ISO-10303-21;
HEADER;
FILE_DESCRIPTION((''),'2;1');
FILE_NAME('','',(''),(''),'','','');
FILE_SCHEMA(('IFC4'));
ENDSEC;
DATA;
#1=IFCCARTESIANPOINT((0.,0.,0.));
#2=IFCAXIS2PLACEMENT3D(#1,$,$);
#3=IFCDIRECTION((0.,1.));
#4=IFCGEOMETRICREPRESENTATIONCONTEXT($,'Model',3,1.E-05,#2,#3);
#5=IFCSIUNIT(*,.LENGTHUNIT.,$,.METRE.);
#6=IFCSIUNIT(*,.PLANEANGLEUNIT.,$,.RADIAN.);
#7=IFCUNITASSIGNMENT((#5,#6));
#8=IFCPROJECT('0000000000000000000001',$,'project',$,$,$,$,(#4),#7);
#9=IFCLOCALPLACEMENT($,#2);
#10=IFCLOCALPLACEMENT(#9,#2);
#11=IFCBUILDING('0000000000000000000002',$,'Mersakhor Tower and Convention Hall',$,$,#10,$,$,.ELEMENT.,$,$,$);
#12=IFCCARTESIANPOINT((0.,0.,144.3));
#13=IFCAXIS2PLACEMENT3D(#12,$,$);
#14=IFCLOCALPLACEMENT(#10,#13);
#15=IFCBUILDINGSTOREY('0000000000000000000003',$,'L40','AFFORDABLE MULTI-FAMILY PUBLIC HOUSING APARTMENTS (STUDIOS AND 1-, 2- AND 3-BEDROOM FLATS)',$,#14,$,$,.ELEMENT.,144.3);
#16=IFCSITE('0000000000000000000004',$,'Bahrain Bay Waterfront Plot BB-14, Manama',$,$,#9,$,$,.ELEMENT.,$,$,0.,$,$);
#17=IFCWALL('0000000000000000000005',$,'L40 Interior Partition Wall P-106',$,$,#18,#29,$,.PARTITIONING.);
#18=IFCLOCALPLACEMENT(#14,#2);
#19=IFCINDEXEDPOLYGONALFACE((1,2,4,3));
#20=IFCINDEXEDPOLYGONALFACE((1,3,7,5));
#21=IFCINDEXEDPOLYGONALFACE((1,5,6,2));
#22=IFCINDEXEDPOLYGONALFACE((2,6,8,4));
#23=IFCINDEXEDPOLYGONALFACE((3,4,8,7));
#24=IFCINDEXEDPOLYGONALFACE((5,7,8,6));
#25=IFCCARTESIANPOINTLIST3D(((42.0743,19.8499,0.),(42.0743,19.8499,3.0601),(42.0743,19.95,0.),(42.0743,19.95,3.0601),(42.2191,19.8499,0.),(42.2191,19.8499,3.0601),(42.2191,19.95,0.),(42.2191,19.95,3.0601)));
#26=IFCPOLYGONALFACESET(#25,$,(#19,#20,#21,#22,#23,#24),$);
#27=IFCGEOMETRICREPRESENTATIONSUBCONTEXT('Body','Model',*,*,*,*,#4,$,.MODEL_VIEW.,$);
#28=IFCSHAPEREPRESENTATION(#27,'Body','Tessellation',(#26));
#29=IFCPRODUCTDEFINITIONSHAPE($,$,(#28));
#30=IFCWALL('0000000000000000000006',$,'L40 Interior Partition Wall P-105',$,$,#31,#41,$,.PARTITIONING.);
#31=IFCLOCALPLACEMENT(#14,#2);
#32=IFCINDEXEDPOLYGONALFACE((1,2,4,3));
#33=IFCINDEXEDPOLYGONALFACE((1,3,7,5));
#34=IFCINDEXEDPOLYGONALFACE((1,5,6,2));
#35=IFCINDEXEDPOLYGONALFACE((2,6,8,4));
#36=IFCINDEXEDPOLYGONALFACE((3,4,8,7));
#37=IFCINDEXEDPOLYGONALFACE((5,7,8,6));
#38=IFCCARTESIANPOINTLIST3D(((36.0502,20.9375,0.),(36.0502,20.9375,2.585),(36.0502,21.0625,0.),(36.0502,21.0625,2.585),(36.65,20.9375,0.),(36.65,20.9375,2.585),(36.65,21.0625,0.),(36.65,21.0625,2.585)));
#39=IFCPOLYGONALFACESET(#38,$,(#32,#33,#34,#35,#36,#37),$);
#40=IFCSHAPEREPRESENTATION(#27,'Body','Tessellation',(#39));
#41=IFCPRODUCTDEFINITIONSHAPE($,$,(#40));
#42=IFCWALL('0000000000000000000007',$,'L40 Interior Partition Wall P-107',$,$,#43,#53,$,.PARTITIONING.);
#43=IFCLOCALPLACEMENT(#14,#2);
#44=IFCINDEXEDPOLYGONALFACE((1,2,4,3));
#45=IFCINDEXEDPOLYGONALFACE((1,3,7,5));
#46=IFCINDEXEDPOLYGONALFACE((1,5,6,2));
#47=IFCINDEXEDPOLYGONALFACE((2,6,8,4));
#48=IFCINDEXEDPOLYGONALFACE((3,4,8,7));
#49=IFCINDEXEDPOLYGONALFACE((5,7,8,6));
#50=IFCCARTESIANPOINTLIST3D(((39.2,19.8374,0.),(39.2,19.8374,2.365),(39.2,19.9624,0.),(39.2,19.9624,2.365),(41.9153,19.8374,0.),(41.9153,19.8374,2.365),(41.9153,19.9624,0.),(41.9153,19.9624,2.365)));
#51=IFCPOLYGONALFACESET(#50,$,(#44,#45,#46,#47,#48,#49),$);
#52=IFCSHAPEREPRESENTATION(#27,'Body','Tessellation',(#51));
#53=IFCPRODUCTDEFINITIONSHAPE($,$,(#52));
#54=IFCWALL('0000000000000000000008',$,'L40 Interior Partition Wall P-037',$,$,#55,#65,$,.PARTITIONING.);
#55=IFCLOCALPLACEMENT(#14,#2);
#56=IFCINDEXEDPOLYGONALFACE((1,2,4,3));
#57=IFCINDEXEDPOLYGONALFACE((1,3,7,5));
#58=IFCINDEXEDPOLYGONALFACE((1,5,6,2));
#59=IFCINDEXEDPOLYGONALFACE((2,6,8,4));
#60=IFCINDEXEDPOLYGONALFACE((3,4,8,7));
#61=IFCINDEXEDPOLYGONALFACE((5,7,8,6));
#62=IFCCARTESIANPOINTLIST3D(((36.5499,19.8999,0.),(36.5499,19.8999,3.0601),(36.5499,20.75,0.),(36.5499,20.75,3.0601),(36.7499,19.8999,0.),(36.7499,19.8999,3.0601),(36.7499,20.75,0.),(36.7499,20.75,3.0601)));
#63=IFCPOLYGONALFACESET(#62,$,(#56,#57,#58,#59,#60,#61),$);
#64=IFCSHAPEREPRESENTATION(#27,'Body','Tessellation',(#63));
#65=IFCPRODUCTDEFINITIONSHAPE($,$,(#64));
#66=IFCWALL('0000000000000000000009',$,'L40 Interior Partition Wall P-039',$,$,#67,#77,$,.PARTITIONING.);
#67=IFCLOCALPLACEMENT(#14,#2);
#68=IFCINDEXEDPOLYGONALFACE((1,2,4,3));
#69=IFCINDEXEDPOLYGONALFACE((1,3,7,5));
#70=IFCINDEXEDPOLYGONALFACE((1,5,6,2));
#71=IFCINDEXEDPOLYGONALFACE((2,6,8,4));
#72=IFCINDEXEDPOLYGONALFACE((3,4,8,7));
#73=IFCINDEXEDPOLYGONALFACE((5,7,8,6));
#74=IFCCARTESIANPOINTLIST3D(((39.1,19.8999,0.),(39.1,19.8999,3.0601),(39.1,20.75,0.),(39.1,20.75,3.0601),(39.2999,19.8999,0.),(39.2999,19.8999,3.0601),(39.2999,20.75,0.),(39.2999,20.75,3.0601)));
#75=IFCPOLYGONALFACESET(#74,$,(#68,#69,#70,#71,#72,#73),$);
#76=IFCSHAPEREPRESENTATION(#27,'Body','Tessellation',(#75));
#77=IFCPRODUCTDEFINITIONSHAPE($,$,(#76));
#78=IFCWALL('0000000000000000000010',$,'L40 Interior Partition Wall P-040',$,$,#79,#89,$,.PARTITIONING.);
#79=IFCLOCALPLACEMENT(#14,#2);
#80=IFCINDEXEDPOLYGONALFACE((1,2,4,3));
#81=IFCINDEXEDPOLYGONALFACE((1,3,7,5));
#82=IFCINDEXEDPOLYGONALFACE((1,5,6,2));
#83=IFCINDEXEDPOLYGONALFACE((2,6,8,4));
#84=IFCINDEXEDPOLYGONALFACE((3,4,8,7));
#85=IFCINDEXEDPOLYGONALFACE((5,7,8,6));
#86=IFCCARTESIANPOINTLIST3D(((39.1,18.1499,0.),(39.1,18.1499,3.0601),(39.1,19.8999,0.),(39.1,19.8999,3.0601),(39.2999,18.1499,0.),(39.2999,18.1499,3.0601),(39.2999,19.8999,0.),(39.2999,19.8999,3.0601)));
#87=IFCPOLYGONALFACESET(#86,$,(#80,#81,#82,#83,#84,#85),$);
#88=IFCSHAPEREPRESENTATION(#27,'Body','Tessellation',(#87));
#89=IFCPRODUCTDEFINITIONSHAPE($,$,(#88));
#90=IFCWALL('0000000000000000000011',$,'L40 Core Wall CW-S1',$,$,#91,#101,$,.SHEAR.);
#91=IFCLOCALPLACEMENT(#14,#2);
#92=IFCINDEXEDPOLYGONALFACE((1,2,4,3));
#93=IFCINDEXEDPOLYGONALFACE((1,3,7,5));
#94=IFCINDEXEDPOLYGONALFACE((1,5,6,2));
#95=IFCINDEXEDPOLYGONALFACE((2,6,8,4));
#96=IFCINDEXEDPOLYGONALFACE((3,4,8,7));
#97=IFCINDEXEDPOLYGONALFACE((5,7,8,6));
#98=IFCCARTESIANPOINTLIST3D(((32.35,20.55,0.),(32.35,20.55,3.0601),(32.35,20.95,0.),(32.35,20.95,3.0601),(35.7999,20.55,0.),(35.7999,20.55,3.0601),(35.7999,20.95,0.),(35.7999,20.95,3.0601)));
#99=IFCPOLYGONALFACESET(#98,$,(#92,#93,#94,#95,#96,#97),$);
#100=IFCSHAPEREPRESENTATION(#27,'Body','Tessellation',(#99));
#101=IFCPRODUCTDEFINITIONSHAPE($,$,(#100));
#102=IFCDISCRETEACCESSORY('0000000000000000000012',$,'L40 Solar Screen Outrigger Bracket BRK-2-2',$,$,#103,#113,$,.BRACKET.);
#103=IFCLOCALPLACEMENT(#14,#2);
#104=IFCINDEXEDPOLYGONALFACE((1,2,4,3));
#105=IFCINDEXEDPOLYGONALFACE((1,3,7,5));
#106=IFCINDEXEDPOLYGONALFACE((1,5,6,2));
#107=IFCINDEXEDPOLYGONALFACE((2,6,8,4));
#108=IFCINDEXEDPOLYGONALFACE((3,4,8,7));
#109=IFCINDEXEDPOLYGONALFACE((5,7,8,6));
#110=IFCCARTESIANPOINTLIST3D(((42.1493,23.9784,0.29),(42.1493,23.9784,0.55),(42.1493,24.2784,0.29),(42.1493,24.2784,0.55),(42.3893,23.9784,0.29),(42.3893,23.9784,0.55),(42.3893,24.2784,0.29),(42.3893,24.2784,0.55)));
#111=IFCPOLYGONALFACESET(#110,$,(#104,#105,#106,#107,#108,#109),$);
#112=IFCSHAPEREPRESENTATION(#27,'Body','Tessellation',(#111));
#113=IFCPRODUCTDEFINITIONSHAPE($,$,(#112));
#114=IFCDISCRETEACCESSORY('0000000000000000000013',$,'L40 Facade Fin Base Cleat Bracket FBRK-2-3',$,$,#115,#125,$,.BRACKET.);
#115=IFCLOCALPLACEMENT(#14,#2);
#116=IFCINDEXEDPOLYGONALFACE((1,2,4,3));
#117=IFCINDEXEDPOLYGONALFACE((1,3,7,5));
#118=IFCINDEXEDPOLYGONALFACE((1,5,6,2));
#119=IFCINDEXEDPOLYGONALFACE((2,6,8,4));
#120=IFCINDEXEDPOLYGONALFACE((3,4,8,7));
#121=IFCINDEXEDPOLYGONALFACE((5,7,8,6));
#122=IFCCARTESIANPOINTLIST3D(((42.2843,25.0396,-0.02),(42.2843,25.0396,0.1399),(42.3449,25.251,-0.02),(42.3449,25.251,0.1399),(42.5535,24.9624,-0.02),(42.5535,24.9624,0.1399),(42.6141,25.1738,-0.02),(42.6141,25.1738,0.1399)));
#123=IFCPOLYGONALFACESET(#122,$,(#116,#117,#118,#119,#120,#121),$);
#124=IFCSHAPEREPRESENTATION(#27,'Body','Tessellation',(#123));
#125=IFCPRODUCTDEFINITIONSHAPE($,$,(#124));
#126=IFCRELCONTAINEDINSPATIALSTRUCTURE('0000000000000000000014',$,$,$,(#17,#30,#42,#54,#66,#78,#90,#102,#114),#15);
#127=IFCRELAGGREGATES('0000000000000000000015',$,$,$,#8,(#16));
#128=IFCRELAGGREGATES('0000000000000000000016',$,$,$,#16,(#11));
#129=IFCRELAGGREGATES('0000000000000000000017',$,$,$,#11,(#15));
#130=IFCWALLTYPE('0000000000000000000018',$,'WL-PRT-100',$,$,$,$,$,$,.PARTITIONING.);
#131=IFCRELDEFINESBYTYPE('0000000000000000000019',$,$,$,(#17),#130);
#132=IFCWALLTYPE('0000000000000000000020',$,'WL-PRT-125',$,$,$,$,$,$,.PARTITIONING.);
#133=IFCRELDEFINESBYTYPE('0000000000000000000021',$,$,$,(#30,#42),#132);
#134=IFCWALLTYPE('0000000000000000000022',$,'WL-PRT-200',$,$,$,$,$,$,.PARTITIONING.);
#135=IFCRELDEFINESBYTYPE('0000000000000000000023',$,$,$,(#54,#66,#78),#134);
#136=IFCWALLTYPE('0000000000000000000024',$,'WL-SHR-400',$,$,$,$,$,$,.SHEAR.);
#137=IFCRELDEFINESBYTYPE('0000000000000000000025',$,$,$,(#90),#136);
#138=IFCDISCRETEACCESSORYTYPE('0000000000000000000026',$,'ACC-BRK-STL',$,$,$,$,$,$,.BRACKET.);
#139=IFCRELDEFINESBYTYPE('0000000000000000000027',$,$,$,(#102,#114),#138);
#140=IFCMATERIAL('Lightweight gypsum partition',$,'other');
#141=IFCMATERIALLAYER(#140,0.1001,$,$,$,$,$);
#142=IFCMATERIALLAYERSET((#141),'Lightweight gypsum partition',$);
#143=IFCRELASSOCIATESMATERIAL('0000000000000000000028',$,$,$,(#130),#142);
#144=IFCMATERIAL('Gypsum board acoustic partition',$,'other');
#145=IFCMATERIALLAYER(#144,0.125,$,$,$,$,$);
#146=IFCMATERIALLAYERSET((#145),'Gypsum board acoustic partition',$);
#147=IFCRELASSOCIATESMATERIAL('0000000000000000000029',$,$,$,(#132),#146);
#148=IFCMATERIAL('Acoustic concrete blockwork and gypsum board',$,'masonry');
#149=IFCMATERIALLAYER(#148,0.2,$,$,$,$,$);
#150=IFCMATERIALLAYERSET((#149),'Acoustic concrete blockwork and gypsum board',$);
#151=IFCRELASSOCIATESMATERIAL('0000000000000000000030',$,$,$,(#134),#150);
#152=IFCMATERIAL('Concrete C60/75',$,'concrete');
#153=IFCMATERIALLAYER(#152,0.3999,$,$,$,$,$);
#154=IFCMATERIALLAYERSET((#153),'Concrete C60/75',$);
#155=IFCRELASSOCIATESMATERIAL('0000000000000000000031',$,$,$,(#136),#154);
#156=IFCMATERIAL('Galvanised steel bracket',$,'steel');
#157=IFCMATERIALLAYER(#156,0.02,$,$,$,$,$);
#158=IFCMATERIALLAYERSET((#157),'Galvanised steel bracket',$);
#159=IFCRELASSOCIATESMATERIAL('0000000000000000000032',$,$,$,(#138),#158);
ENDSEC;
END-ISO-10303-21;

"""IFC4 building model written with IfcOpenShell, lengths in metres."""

from ifc_helpers import new_model, si_unit, direction, frame, frame_2d, origin, origin_2d, place, context, subcontext, project, spatial, rectangle, extrude, material, layer, layer_set, type_object, element, save


model = new_model("IFC4")

# Units and contexts
model_context = context("Model", 3, precision=1e-05, world=origin(), true_north=direction((0.0, 1.0)))
body_context = subcontext(model_context, "Body", "Model", "MODEL_VIEW")
ifc_project = project(units=[si_unit("LENGTHUNIT", "METRE"), si_unit("PLANEANGLEUNIT", "RADIAN")], contexts=[model_context])

# Site, building, storey
site_placement = place(None, origin())
site = spatial("IfcSite", under=ifc_project, at=site_placement, Name="Bahrain Bay Waterfront Plot BB-14, Manama", CompositionType="ELEMENT", RefElevation=0.0)
building_placement = place(site_placement, origin())
building = spatial("IfcBuilding", under=site, at=building_placement, Name="Mersakhor Tower and Convention Hall", CompositionType="ELEMENT")
storey_placement = place(building_placement, frame((0.0, 0.0, 144.3)))
storey = spatial("IfcBuildingStorey", under=building, at=storey_placement, Name="L40", Description="AFFORDABLE MULTI-FAMILY PUBLIC HOUSING APARTMENTS (STUDIOS AND 1-, 2- AND 3-BEDROOM FLATS)", CompositionType="ELEMENT", Elevation=144.3)

# Walls
ifc_material_1 = material(Name="Lightweight gypsum partition", Category="other")
ifc_layer_1 = layer(ifc_material_1, 0.1001)
ifc_layer_set_1 = layer_set([ifc_layer_1], Name="Lightweight gypsum partition")
wall_type_1 = type_object("IfcWallType", Name="WL-PRT-100", PredefinedType="PARTITIONING", material=ifc_layer_set_1)
wall_1_placement = place(storey_placement, frame((42.219, 19.8999, 0.0), z_axis=(0.0, 0.0, 1.0), x_axis=(-1.0, 0.0, 0.0)))
element("IfcWall", 1, at=wall_1_placement, inside=storey, type_object=wall_type_1, Name="L40 Interior Partition Wall P-106", PredefinedType="PARTITIONING", context=body_context, shape_type="SweptSolid", body=[
    extrude(rectangle(XDim=0.1448, YDim=0.1001, at=frame_2d((0.0723, 0.0))), origin(), (0.0, 0.0, 1.0), 3.0601),
])
ifc_material_2 = material(Name="Gypsum board acoustic partition", Category="other")
ifc_layer_2 = layer(ifc_material_2, 0.125)
ifc_layer_set_2 = layer_set([ifc_layer_2], Name="Gypsum board acoustic partition")
wall_type_2 = type_object("IfcWallType", Name="WL-PRT-125", PredefinedType="PARTITIONING", material=ifc_layer_set_2)
wall_2_placement = place(storey_placement, frame((36.6499, 21.0, 0.0), z_axis=(0.0, 0.0, 1.0), x_axis=(-1.0, 0.0, 0.0)))
element("IfcWall", 2, at=wall_2_placement, inside=storey, type_object=wall_type_2, Name="L40 Interior Partition Wall P-105", PredefinedType="PARTITIONING", context=body_context, shape_type="SweptSolid", body=[
    extrude(rectangle(XDim=0.5999, YDim=0.125, at=frame_2d((0.2998, 0.0))), origin(), (0.0, 0.0, 1.0), 2.585),
])
wall_3_placement = place(storey_placement, frame((41.9153, 19.8999, 0.0), z_axis=(0.0, 0.0, 1.0), x_axis=(-1.0, 0.0, 0.0)))
element("IfcWall", 3, at=wall_3_placement, inside=storey, type_object=wall_type_2, Name="L40 Interior Partition Wall P-107", PredefinedType="PARTITIONING", context=body_context, shape_type="SweptSolid", body=[
    extrude(rectangle(XDim=2.7153, YDim=0.125, at=frame_2d((1.3577, 0.0))), origin(), (0.0, 0.0, 1.0), 2.365),
])
ifc_material_3 = material(Name="Acoustic concrete blockwork and gypsum board", Category="masonry")
ifc_layer_3 = layer(ifc_material_3, 0.2)
ifc_layer_set_3 = layer_set([ifc_layer_3], Name="Acoustic concrete blockwork and gypsum board")
wall_type_3 = type_object("IfcWallType", Name="WL-PRT-200", PredefinedType="PARTITIONING", material=ifc_layer_set_3)
wall_4_placement = place(storey_placement, frame((36.6499, 19.8999, 0.0), z_axis=(0.0, 0.0, 1.0), x_axis=(0.0, 1.0, 0.0)))
element("IfcWall", 4, at=wall_4_placement, inside=storey, type_object=wall_type_3, Name="L40 Interior Partition Wall P-037", PredefinedType="PARTITIONING", context=body_context, shape_type="SweptSolid", body=[
    extrude(rectangle(XDim=0.8501, YDim=0.2, at=frame_2d((0.425, 0.0))), origin(), (0.0, 0.0, 1.0), 3.0601),
])

# Walls
wall_5_placement = place(storey_placement, frame((39.2, 20.75, 0.0), z_axis=(0.0, 0.0, 1.0), x_axis=(0.0, -1.0, 0.0)))
element("IfcWall", 5, at=wall_5_placement, inside=storey, type_object=wall_type_3, Name="L40 Interior Partition Wall P-039", PredefinedType="PARTITIONING", context=body_context, shape_type="SweptSolid", body=[
    extrude(rectangle(XDim=0.8501, YDim=0.2, at=frame_2d((0.425, 0.0))), origin(), (0.0, 0.0, 1.0), 3.0601),
])
wall_6_placement = place(storey_placement, frame((39.2, 19.8999, 0.0), z_axis=(0.0, 0.0, 1.0), x_axis=(0.0, -1.0, 0.0)))
element("IfcWall", 6, at=wall_6_placement, inside=storey, type_object=wall_type_3, Name="L40 Interior Partition Wall P-040", PredefinedType="PARTITIONING", context=body_context, shape_type="SweptSolid", body=[
    extrude(rectangle(XDim=1.75, YDim=0.2, at=frame_2d((0.875, 0.0))), origin(), (0.0, 0.0, 1.0), 3.0601),
])
ifc_material_4 = material(Name="Concrete C60/75", Category="concrete")
ifc_layer_4 = layer(ifc_material_4, 0.3999)
ifc_layer_set_4 = layer_set([ifc_layer_4], Name="Concrete C60/75")
wall_type_4 = type_object("IfcWallType", Name="WL-SHR-400", PredefinedType="SHEAR", material=ifc_layer_set_4)
wall_7_placement = place(storey_placement, frame((35.8, 20.75, 0.0), z_axis=(0.0, 0.0, 1.0), x_axis=(-1.0, 0.0, 0.0)))
element("IfcWall", 7, at=wall_7_placement, inside=storey, type_object=wall_type_4, Name="L40 Core Wall CW-S1", PredefinedType="SHEAR", context=body_context, shape_type="SweptSolid", body=[
    extrude(rectangle(XDim=3.45, YDim=0.3999, at=frame_2d((1.7251, 0.0))), origin(), (0.0, 0.0, 1.0), 3.0601),
])

# Discrete accessories
ifc_material_5 = material(Name="Galvanised steel bracket", Category="steel")
ifc_layer_5 = layer(ifc_material_5, 0.02)
ifc_layer_set_5 = layer_set([ifc_layer_5], Name="Galvanised steel bracket")
discrete_accessory_type = type_object("IfcDiscreteAccessoryType", Name="ACC-BRK-STL", PredefinedType="BRACKET", material=ifc_layer_set_5)
discrete_accessory_1_placement = place(storey_placement, frame((42.2693, 24.1284, 0.29), z_axis=(0.0, 0.0, 1.0), x_axis=(0.0, -1.0, 0.0)))
element("IfcDiscreteAccessory", 8, at=discrete_accessory_1_placement, inside=storey, type_object=discrete_accessory_type, Name="L40 Solar Screen Outrigger Bracket BRK-2-2", PredefinedType="BRACKET", context=body_context, shape_type="SweptSolid", body=[
    extrude(rectangle(XDim=0.3, YDim=0.24, at=origin_2d()), origin(), (0.0, 0.0, 1.0), 0.26),
])
discrete_accessory_2_placement = place(storey_placement, frame((42.4492, 25.1067, -0.02), z_axis=(0.0, 0.0, 1.0), x_axis=(0.961262, -0.275637, 0.0)))
element("IfcDiscreteAccessory", 9, at=discrete_accessory_2_placement, inside=storey, type_object=discrete_accessory_type, Name="L40 Facade Fin Base Cleat Bracket FBRK-2-3", PredefinedType="BRACKET", context=body_context, shape_type="SweptSolid", body=[
    extrude(rectangle(XDim=0.28, YDim=0.22, at=origin_2d()), origin(), (0.0, 0.0, 1.0), 0.1599),
])

save(model, "model.ifc")
